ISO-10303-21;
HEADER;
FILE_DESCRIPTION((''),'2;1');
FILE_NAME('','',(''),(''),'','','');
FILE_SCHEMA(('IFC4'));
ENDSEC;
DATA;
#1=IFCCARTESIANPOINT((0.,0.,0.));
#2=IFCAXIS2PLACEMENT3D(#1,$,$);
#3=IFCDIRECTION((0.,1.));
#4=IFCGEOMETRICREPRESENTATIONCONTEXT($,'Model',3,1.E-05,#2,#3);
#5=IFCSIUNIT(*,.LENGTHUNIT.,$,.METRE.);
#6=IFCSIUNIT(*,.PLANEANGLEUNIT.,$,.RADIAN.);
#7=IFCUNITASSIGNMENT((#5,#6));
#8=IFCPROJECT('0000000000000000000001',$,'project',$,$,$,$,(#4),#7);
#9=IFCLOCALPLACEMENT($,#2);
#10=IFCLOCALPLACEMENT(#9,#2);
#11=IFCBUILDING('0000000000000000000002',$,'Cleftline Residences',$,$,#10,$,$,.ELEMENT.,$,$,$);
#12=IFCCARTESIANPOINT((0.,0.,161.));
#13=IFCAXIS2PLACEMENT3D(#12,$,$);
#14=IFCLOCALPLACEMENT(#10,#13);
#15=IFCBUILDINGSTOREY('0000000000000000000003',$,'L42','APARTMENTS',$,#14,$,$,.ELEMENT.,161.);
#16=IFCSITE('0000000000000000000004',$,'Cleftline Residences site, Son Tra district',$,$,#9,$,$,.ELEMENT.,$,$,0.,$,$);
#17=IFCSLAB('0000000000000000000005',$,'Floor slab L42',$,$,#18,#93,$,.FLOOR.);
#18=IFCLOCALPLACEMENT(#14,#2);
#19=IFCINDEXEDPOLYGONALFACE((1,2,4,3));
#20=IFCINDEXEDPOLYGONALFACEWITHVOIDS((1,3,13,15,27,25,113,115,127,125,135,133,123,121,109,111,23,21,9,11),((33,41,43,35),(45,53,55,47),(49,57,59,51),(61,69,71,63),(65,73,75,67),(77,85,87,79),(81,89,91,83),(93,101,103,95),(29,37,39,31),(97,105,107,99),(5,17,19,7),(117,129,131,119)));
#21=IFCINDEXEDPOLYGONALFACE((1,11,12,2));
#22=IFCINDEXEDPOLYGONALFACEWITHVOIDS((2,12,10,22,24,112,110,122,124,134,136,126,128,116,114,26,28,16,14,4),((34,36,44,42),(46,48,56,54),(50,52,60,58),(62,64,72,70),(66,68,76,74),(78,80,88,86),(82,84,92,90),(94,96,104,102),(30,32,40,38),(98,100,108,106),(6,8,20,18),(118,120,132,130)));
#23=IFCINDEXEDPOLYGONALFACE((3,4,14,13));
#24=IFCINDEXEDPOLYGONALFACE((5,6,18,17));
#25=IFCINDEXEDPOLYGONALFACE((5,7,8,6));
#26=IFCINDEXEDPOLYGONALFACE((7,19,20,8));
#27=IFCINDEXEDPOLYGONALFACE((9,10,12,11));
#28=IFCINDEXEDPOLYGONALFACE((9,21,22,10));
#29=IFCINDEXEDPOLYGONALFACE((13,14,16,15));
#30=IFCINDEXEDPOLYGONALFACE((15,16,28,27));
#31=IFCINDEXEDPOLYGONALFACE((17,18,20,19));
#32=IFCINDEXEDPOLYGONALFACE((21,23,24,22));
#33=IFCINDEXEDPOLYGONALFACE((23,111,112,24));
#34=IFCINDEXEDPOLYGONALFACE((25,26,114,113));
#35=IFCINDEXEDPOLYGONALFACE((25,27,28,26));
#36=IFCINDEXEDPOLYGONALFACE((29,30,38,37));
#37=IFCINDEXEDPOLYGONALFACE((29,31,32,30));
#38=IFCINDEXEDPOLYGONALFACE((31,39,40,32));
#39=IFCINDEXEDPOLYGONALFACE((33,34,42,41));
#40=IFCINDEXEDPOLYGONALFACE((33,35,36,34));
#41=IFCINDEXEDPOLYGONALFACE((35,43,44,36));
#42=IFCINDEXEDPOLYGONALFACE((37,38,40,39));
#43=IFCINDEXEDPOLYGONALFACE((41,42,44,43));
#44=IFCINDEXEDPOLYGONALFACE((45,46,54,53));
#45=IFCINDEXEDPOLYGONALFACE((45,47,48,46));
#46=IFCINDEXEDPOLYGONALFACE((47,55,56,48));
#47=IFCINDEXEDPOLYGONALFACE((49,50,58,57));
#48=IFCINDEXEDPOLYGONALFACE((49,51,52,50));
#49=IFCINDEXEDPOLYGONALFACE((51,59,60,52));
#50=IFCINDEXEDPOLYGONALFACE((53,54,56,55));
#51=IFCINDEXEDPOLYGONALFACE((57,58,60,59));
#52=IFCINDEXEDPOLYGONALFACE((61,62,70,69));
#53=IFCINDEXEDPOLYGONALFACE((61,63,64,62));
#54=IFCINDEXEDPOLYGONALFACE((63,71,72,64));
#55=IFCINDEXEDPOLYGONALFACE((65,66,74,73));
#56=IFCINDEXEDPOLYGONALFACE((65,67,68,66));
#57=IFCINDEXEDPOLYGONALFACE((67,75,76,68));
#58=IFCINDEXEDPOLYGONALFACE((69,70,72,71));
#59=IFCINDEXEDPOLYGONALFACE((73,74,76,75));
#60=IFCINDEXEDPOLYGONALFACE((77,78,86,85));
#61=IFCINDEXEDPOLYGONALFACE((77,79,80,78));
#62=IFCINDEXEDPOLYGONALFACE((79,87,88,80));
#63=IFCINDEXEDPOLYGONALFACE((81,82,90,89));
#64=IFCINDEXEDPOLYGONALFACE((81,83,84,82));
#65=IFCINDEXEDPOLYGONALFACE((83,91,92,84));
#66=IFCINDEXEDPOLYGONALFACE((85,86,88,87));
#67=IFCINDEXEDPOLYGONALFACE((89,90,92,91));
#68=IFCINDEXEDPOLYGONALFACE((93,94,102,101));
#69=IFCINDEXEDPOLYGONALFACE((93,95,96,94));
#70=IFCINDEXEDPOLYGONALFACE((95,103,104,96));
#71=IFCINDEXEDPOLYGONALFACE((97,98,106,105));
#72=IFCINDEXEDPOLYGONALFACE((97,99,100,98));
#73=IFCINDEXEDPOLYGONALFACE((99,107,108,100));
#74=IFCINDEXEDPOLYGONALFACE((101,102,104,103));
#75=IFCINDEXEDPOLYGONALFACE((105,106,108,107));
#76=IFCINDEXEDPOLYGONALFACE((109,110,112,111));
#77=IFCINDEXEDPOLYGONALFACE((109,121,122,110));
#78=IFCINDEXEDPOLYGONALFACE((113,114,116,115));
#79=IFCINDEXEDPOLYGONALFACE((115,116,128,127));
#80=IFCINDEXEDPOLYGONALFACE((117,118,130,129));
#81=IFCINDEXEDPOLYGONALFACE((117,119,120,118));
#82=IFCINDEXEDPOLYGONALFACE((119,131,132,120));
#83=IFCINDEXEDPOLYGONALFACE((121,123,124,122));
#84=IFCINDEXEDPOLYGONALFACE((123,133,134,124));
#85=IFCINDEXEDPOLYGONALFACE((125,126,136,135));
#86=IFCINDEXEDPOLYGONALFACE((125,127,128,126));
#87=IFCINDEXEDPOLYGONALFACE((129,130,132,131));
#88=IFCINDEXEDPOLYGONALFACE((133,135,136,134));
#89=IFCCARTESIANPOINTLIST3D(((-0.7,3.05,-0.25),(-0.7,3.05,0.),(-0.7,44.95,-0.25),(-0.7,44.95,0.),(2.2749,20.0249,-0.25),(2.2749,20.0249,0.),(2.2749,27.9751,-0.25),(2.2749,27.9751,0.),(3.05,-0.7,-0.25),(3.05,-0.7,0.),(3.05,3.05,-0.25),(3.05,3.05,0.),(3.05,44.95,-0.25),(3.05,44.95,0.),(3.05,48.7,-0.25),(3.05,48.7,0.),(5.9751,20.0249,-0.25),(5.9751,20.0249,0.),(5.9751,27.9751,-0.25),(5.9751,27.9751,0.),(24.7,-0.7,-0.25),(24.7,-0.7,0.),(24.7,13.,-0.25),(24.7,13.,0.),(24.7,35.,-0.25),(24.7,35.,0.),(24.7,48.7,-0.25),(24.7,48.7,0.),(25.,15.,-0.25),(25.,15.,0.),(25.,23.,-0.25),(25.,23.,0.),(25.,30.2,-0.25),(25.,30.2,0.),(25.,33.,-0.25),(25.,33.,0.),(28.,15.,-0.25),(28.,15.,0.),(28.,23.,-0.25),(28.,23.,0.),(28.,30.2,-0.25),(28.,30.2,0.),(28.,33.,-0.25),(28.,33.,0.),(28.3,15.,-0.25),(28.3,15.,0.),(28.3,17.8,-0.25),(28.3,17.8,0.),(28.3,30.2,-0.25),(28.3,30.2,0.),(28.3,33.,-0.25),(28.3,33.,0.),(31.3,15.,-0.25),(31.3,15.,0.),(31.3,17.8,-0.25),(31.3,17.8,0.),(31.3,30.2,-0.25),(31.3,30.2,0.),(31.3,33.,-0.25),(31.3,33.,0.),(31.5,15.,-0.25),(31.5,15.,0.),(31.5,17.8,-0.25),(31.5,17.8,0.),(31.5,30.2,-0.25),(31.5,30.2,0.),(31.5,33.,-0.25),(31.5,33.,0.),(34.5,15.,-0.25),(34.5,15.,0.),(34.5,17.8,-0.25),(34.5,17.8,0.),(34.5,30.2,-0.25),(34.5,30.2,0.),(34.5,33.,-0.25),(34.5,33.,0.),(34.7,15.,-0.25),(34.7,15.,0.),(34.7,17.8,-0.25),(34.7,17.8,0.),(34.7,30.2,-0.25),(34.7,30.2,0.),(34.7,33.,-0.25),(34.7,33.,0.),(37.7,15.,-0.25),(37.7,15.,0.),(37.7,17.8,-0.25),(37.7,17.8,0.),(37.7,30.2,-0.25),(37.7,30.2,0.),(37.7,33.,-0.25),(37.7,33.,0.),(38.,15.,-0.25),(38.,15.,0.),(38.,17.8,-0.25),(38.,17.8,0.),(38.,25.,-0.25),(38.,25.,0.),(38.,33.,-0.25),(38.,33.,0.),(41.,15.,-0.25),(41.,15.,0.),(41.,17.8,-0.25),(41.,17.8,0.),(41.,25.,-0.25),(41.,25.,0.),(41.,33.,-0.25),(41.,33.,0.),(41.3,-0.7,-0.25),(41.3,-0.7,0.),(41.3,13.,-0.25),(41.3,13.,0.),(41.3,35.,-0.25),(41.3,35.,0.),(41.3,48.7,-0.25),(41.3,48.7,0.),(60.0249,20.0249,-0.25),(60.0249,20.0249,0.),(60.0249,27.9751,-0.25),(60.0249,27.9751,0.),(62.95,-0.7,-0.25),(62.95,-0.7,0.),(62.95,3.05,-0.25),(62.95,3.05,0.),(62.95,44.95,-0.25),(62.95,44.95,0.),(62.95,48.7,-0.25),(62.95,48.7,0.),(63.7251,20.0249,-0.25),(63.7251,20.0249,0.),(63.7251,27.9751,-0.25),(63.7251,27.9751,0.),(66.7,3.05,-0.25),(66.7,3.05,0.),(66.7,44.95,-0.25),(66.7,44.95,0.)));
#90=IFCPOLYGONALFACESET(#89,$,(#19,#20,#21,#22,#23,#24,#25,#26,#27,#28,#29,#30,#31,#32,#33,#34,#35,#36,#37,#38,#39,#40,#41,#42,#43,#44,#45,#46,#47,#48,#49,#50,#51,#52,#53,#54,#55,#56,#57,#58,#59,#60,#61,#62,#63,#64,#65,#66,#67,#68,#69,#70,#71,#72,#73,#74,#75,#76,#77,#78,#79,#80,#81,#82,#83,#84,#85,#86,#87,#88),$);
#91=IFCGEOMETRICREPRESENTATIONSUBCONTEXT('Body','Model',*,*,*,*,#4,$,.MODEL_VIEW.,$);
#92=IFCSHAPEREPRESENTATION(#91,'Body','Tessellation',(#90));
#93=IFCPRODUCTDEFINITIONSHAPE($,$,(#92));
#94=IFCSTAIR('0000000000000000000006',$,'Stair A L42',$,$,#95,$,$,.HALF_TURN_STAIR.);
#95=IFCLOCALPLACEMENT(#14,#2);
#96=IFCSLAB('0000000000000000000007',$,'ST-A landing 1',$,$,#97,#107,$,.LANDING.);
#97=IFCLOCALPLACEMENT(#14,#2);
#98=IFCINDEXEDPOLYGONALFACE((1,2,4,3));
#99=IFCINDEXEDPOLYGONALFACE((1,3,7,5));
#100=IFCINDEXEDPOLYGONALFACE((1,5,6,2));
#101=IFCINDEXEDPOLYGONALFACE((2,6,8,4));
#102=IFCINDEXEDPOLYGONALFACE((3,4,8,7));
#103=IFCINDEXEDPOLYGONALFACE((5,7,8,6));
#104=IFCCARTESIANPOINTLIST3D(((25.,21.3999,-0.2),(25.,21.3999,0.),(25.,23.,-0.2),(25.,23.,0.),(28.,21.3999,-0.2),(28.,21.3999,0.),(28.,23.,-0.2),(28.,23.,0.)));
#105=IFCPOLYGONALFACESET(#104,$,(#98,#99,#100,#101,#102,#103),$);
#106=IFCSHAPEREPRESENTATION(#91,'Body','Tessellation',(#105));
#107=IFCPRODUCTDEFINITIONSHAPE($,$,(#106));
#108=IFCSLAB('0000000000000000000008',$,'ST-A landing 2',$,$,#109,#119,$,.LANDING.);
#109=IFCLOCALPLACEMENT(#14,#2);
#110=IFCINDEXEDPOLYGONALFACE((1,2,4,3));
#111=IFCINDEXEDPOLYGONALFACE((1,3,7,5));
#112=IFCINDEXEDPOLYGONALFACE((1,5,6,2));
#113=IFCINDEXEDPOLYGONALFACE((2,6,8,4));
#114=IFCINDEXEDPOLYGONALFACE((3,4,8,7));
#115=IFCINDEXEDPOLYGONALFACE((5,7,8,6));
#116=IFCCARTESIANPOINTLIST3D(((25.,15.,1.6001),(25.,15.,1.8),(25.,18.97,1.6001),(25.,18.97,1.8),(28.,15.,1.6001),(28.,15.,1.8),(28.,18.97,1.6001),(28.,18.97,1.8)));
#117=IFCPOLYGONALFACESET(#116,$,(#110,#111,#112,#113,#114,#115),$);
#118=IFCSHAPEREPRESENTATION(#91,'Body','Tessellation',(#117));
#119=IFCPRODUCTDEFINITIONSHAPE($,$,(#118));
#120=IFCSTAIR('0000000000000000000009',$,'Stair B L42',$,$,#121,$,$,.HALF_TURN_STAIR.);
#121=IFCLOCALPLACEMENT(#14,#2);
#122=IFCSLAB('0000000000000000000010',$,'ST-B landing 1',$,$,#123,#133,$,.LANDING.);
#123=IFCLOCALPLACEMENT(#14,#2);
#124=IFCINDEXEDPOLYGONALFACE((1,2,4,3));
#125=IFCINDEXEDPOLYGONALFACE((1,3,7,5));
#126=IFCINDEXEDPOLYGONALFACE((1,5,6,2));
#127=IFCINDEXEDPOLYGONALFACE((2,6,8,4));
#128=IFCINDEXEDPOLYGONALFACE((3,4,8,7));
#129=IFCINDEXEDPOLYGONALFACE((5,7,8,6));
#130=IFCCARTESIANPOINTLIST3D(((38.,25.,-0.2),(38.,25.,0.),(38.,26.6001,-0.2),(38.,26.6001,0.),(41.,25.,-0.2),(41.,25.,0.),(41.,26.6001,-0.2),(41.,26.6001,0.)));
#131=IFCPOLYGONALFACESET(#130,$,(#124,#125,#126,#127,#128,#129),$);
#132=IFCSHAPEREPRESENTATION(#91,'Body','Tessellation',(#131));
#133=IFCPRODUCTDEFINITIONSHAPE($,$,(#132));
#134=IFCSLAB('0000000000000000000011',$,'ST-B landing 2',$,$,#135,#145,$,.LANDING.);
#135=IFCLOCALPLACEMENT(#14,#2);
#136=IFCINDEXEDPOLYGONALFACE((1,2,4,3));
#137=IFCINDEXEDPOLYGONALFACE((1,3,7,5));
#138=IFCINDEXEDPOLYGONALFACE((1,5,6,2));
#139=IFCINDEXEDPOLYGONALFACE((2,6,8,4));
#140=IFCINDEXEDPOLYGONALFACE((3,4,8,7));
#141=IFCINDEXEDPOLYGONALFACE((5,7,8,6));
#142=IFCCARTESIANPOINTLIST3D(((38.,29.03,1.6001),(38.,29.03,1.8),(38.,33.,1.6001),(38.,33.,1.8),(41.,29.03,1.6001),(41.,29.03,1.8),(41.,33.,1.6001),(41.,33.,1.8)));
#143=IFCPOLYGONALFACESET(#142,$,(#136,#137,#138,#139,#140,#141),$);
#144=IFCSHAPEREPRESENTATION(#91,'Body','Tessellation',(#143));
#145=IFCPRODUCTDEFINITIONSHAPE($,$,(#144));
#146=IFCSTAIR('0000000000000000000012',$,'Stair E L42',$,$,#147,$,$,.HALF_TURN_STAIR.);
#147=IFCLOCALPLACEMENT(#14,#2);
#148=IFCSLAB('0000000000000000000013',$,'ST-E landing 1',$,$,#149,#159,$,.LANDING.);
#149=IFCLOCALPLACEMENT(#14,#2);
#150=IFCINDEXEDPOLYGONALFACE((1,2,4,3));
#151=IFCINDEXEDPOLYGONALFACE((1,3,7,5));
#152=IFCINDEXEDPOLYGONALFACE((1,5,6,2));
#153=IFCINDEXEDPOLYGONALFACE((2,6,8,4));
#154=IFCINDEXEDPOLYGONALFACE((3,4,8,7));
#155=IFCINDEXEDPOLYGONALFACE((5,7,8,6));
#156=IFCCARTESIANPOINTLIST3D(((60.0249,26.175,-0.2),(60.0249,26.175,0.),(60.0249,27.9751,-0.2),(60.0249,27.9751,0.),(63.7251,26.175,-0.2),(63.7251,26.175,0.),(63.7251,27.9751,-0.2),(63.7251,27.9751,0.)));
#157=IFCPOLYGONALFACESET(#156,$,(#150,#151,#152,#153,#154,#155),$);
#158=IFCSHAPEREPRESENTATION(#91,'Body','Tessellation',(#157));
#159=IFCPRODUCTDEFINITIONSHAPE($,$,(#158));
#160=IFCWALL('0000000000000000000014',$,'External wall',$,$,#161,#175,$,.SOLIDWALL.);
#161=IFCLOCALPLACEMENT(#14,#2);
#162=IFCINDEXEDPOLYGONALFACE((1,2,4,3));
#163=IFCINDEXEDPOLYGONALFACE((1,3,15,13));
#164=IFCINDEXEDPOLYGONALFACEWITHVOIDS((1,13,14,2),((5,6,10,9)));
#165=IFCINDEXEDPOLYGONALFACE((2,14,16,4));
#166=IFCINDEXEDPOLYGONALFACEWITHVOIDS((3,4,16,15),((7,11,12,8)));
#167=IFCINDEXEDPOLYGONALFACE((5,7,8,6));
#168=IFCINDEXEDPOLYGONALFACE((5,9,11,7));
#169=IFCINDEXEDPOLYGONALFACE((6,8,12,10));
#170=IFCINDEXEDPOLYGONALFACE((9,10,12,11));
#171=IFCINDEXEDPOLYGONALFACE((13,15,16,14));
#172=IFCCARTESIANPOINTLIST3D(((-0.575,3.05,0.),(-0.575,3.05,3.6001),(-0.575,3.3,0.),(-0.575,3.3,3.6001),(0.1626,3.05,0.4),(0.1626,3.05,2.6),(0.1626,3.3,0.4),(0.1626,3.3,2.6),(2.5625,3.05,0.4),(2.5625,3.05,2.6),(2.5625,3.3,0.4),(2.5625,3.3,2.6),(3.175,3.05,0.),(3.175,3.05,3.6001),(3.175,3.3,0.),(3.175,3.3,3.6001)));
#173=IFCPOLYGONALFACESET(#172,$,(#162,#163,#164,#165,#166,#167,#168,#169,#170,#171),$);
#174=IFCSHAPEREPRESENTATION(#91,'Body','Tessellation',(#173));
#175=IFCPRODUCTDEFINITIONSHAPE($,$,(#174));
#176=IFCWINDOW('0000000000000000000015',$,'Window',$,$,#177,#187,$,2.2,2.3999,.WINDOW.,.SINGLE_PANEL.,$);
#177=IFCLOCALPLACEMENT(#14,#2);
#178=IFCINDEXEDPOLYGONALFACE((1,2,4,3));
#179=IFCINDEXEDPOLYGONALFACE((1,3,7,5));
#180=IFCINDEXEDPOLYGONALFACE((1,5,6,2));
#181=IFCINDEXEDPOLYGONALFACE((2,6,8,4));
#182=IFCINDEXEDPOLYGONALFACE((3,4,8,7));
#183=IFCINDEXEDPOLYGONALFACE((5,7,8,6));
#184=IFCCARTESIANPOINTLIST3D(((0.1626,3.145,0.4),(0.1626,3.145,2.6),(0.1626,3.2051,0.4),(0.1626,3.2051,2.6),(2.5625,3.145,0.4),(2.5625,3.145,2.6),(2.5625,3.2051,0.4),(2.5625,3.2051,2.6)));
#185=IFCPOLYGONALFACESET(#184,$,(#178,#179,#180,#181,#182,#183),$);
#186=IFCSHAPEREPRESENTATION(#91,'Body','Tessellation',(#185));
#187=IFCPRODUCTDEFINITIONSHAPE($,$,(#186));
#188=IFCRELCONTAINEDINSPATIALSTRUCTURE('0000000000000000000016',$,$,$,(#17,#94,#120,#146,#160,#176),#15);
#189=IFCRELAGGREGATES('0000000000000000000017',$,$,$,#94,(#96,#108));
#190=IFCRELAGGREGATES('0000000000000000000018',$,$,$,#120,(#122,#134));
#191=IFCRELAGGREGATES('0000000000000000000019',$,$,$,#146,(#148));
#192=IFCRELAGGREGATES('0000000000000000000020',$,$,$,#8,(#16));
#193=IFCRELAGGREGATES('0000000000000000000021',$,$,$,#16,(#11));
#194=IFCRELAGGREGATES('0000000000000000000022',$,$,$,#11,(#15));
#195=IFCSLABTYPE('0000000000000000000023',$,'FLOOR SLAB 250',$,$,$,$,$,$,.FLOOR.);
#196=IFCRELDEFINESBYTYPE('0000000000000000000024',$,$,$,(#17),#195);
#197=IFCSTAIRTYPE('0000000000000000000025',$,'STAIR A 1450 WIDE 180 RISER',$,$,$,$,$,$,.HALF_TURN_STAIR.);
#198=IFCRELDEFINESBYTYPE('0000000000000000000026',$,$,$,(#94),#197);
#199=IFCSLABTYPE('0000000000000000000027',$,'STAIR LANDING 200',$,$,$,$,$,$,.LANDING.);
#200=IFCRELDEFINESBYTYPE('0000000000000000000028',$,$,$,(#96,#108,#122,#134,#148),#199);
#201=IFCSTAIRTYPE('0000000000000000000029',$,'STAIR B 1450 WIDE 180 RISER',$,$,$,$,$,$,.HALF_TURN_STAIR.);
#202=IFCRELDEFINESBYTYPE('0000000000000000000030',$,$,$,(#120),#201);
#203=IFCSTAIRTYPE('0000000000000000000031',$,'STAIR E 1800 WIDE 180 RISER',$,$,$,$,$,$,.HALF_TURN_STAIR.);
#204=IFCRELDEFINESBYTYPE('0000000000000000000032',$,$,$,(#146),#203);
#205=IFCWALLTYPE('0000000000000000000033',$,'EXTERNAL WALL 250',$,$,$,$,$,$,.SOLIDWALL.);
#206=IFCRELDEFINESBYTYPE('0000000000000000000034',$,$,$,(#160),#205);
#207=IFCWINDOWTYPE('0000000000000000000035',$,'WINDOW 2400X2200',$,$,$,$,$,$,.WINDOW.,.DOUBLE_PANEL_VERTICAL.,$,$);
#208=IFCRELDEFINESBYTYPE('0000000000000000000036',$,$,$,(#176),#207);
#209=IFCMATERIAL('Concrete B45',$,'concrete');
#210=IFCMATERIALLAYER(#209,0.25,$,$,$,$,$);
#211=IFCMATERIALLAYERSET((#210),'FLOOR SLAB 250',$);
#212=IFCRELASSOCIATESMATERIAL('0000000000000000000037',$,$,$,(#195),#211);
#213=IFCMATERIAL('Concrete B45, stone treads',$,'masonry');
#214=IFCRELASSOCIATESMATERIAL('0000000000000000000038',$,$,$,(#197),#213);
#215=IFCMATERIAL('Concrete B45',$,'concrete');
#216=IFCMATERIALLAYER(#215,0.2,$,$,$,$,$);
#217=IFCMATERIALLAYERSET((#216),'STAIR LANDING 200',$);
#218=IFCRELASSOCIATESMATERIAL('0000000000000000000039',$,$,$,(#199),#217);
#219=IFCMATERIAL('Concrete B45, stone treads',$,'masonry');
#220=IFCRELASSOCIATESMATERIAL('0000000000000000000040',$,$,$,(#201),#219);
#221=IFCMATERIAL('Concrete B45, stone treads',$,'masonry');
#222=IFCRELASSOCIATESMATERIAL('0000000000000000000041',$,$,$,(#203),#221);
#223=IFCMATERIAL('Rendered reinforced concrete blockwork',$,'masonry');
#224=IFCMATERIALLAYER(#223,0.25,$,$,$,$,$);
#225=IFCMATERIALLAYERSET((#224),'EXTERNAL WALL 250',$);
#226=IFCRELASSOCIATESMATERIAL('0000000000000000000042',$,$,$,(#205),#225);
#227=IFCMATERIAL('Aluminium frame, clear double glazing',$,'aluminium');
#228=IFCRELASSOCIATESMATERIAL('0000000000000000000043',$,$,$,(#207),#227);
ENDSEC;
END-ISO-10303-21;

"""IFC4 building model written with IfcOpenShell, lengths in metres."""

from ifc_helpers import new_model, si_unit, direction, frame, frame_2d, origin, place, context, subcontext, project, spatial, polyline, rectangle, outline, extrude, material, layer, layer_set, type_object, element, fill, aggregate, save


model = new_model("IFC4")

# Units and contexts
model_context = context("Model", 3, precision=1e-05, world=origin(), true_north=direction((0.0, 1.0)))
body_context = subcontext(model_context, "Body", "Model", "MODEL_VIEW")
ifc_project = project(units=[si_unit("LENGTHUNIT", "METRE"), si_unit("PLANEANGLEUNIT", "RADIAN")], contexts=[model_context])

# Site, building, storey
site_placement = place(None, origin())
site = spatial("IfcSite", under=ifc_project, at=site_placement, Name="Cleftline Residences site, Son Tra district", CompositionType="ELEMENT", RefElevation=0.0)
building_placement = place(site_placement, origin())
building = spatial("IfcBuilding", under=site, at=building_placement, Name="Cleftline Residences", CompositionType="ELEMENT")
storey_placement = place(building_placement, frame((0.0, 0.0, 161.0)))
storey = spatial("IfcBuildingStorey", under=building, at=storey_placement, Name="L42", Description="APARTMENTS", CompositionType="ELEMENT", Elevation=161.0)

# Slab
ifc_material_1 = material(Name="Concrete B45", Category="concrete")
ifc_layer_1 = layer(ifc_material_1, 0.25)
ifc_layer_set_1 = layer_set([ifc_layer_1], Name="FLOOR SLAB 250")
slab_type_1 = type_object("IfcSlabType", Name="FLOOR SLAB 250", PredefinedType="FLOOR", material=ifc_layer_set_1)
slab_1_placement = place(storey_placement, frame((0.0, 0.0, -0.25)))
element("IfcSlab", 1, at=slab_1_placement, inside=storey, type_object=slab_type_1, Name="Floor slab L42", PredefinedType="FLOOR", context=body_context, shape_type="SweptSolid", body=[
    extrude(outline(polyline([(24.7, 13.0), (41.3, 13.0), (41.3, -0.7), (62.95, -0.7), (62.95, 3.05), (66.7, 3.05), (66.7, 44.95), (62.95, 44.95), (62.95, 48.7), (41.3, 48.7), (41.3, 35.0), (24.7, 35.0), (24.7, 48.7), (3.05, 48.7), (3.05, 44.95), (-0.7, 44.95), (-0.7, 3.05), (3.05, 3.05), (3.05, -0.7), (24.7, -0.7), (24.7, 13.0)]), holes=[polyline([(28.0, 15.0), (28.0, 23.0), (25.0, 23.0), (25.0, 15.0), (28.0, 15.0)]), polyline([(41.0, 25.0), (41.0, 33.0), (38.0, 33.0), (38.0, 25.0), (41.0, 25.0)]), polyline([(28.0, 30.2), (28.0, 33.0), (25.0, 33.0), (25.0, 30.2), (28.0, 30.2)]), polyline([(41.0, 15.0), (41.0, 17.8), (38.0, 17.8), (38.0, 15.0), (41.0, 15.0)]), polyline([(31.3, 15.0), (31.3, 17.8), (28.3, 17.8), (28.3, 15.0), (31.3, 15.0)]), polyline([(34.5, 15.0), (34.5, 17.8), (31.5, 17.8), (31.5, 15.0), (34.5, 15.0)]), polyline([(37.7, 15.0), (37.7, 17.8), (34.7, 17.8), (34.7, 15.0), (37.7, 15.0)]), polyline([(31.3, 30.2), (31.3, 33.0), (28.3, 33.0), (28.3, 30.2), (31.3, 30.2)]), polyline([(34.5, 30.2), (34.5, 33.0), (31.5, 33.0), (31.5, 30.2), (34.5, 30.2)]), polyline([(37.7, 30.2), (37.7, 33.0), (34.7, 33.0), (34.7, 30.2), (37.7, 30.2)]), polyline([(63.7251, 20.0249), (63.7251, 27.9751), (60.0249, 27.9751), (60.0249, 20.0249), (63.7251, 20.0249)]), polyline([(5.9751, 20.0249), (5.9751, 27.9751), (2.2749, 27.9751), (2.2749, 20.0249), (5.9751, 20.0249)])]), origin(), (0.0, 0.0, 1.0), 0.25),
])

# Stairs, slabs
ifc_material_2 = material(Name="Concrete B45, stone treads", Category="masonry")
stair_type_1 = type_object("IfcStairType", Name="STAIR A 1450 WIDE 180 RISER", PredefinedType="HALF_TURN_STAIR", material=ifc_material_2)
stair_1_placement = place(storey_placement, origin())
stair_1 = element("IfcStair", 2, at=stair_1_placement, inside=storey, type_object=stair_type_1, Name="Stair A L42", PredefinedType="HALF_TURN_STAIR")
ifc_material_3 = material(Name="Concrete B45", Category="concrete")
ifc_layer_2 = layer(ifc_material_3, 0.2)
ifc_layer_set_2 = layer_set([ifc_layer_2], Name="STAIR LANDING 200")
slab_type_2 = type_object("IfcSlabType", Name="STAIR LANDING 200", PredefinedType="LANDING", material=ifc_layer_set_2)
slab_2_placement = place(storey_placement, frame((0.0, 0.0, -0.2)))
slab_2 = element("IfcSlab", 3, at=slab_2_placement, type_object=slab_type_2, Name="ST-A landing 1", PredefinedType="LANDING", context=body_context, shape_type="SweptSolid", body=[
    extrude(outline(polyline([(25.0, 21.3999), (28.0, 21.3999), (28.0, 23.0), (25.0, 23.0), (25.0, 21.3999)])), origin(), (0.0, 0.0, 1.0), 0.2),
])
slab_3_placement = place(storey_placement, frame((0.0, 0.0, 1.6001)))
slab_3 = element("IfcSlab", 4, at=slab_3_placement, type_object=slab_type_2, Name="ST-A landing 2", PredefinedType="LANDING", context=body_context, shape_type="SweptSolid", body=[
    extrude(outline(polyline([(25.0, 15.0), (28.0, 15.0), (28.0, 18.97), (25.0, 18.97), (25.0, 15.0)])), origin(), (0.0, 0.0, 1.0), 0.2),
])
aggregate(stair_1, [slab_2, slab_3])
ifc_material_4 = material(Name="Concrete B45, stone treads", Category="masonry")
stair_type_2 = type_object("IfcStairType", Name="STAIR B 1450 WIDE 180 RISER", PredefinedType="HALF_TURN_STAIR", material=ifc_material_4)
stair_2_placement = place(storey_placement, origin())
stair_2 = element("IfcStair", 5, at=stair_2_placement, inside=storey, type_object=stair_type_2, Name="Stair B L42", PredefinedType="HALF_TURN_STAIR")
slab_4_placement = place(storey_placement, frame((0.0, 0.0, -0.2)))
slab_4 = element("IfcSlab", 6, at=slab_4_placement, type_object=slab_type_2, Name="ST-B landing 1", PredefinedType="LANDING", context=body_context, shape_type="SweptSolid", body=[
    extrude(outline(polyline([(38.0, 25.0), (41.0, 25.0), (41.0, 26.6001), (38.0, 26.6001), (38.0, 25.0)])), origin(), (0.0, 0.0, 1.0), 0.2),
])
slab_5_placement = place(storey_placement, frame((0.0, 0.0, 1.6001)))
slab_5 = element("IfcSlab", 7, at=slab_5_placement, type_object=slab_type_2, Name="ST-B landing 2", PredefinedType="LANDING", context=body_context, shape_type="SweptSolid", body=[
    extrude(outline(polyline([(38.0, 29.03), (41.0, 29.03), (41.0, 33.0), (38.0, 33.0), (38.0, 29.03)])), origin(), (0.0, 0.0, 1.0), 0.2),
])
aggregate(stair_2, [slab_4, slab_5])

# Stair, slab
ifc_material_5 = material(Name="Concrete B45, stone treads", Category="masonry")
stair_type_3 = type_object("IfcStairType", Name="STAIR E 1800 WIDE 180 RISER", PredefinedType="HALF_TURN_STAIR", material=ifc_material_5)
stair_3_placement = place(storey_placement, origin())
stair_3 = element("IfcStair", 8, at=stair_3_placement, inside=storey, type_object=stair_type_3, Name="Stair E L42", PredefinedType="HALF_TURN_STAIR")
slab_6_placement = place(storey_placement, frame((0.0, 0.0, -0.2)))
slab_6 = element("IfcSlab", 9, at=slab_6_placement, type_object=slab_type_2, Name="ST-E landing 1", PredefinedType="LANDING", context=body_context, shape_type="SweptSolid", body=[
    extrude(outline(polyline([(60.0249, 26.175), (63.7251, 26.175), (63.7251, 27.9751), (60.0249, 27.9751), (60.0249, 26.175)])), origin(), (0.0, 0.0, 1.0), 0.2),
])
aggregate(stair_3, [slab_6])

# Wall, opening, window
ifc_material_6 = material(Name="Rendered reinforced concrete blockwork", Category="masonry")
ifc_layer_3 = layer(ifc_material_6, 0.25)
ifc_layer_set_3 = layer_set([ifc_layer_3], Name="EXTERNAL WALL 250")
wall_type = type_object("IfcWallType", Name="EXTERNAL WALL 250", PredefinedType="SOLIDWALL", material=ifc_layer_set_3)
wall_placement = place(storey_placement, frame((-0.575, 3.175, 0.0), z_axis=(0.0, 0.0, 1.0), x_axis=(1.0, 0.0, 0.0)))
wall = element("IfcWall", 10, at=wall_placement, inside=storey, type_object=wall_type, Name="External wall", PredefinedType="SOLIDWALL", context=body_context, shape_type="SweptSolid", body=[
    extrude(rectangle(XDim=3.75, YDim=0.25, at=frame_2d((1.875, 0.0))), origin(), (0.0, 0.0, 1.0), 3.6001),
])
opening_placement = place(wall_placement, frame((0.7375, 0.0, 0.3999)))
opening = element("IfcOpeningElement", 11, at=opening_placement, cuts=wall, PredefinedType="OPENING", context=body_context, shape_type="SweptSolid", body=[
    extrude(rectangle(XDim=2.3999, YDim=2.2, at=frame_2d((1.2, 1.1001))), frame((0.0, 0.135, 0.0), z_axis=(0.0, -1.0, 0.0), x_axis=(1.0, 0.0, 0.0)), (0.0, 0.0, 1.0), 0.27),
])
ifc_material_7 = material(Name="Aluminium frame, clear double glazing", Category="aluminium")
window_type = type_object("IfcWindowType", Name="WINDOW 2400X2200", PartitioningType="DOUBLE_PANEL_VERTICAL", PredefinedType="WINDOW", material=ifc_material_7)
window_placement = place(opening_placement, origin())
window = element("IfcWindow", 12, at=window_placement, inside=storey, type_object=window_type, Name="Window", OverallHeight=2.2, OverallWidth=2.3999, PartitioningType="SINGLE_PANEL", PredefinedType="WINDOW", context=body_context, shape_type="SweptSolid", body=[
    extrude(rectangle(XDim=2.3999, YDim=2.2, at=frame_2d((1.2, 1.1001))), frame((0.0, 0.03, 0.0), z_axis=(0.0, -1.0, 0.0), x_axis=(1.0, 0.0, 0.0)), (0.0, 0.0, 1.0), 0.0601),
])
fill(opening, window)

save(model, "model.ifc")
